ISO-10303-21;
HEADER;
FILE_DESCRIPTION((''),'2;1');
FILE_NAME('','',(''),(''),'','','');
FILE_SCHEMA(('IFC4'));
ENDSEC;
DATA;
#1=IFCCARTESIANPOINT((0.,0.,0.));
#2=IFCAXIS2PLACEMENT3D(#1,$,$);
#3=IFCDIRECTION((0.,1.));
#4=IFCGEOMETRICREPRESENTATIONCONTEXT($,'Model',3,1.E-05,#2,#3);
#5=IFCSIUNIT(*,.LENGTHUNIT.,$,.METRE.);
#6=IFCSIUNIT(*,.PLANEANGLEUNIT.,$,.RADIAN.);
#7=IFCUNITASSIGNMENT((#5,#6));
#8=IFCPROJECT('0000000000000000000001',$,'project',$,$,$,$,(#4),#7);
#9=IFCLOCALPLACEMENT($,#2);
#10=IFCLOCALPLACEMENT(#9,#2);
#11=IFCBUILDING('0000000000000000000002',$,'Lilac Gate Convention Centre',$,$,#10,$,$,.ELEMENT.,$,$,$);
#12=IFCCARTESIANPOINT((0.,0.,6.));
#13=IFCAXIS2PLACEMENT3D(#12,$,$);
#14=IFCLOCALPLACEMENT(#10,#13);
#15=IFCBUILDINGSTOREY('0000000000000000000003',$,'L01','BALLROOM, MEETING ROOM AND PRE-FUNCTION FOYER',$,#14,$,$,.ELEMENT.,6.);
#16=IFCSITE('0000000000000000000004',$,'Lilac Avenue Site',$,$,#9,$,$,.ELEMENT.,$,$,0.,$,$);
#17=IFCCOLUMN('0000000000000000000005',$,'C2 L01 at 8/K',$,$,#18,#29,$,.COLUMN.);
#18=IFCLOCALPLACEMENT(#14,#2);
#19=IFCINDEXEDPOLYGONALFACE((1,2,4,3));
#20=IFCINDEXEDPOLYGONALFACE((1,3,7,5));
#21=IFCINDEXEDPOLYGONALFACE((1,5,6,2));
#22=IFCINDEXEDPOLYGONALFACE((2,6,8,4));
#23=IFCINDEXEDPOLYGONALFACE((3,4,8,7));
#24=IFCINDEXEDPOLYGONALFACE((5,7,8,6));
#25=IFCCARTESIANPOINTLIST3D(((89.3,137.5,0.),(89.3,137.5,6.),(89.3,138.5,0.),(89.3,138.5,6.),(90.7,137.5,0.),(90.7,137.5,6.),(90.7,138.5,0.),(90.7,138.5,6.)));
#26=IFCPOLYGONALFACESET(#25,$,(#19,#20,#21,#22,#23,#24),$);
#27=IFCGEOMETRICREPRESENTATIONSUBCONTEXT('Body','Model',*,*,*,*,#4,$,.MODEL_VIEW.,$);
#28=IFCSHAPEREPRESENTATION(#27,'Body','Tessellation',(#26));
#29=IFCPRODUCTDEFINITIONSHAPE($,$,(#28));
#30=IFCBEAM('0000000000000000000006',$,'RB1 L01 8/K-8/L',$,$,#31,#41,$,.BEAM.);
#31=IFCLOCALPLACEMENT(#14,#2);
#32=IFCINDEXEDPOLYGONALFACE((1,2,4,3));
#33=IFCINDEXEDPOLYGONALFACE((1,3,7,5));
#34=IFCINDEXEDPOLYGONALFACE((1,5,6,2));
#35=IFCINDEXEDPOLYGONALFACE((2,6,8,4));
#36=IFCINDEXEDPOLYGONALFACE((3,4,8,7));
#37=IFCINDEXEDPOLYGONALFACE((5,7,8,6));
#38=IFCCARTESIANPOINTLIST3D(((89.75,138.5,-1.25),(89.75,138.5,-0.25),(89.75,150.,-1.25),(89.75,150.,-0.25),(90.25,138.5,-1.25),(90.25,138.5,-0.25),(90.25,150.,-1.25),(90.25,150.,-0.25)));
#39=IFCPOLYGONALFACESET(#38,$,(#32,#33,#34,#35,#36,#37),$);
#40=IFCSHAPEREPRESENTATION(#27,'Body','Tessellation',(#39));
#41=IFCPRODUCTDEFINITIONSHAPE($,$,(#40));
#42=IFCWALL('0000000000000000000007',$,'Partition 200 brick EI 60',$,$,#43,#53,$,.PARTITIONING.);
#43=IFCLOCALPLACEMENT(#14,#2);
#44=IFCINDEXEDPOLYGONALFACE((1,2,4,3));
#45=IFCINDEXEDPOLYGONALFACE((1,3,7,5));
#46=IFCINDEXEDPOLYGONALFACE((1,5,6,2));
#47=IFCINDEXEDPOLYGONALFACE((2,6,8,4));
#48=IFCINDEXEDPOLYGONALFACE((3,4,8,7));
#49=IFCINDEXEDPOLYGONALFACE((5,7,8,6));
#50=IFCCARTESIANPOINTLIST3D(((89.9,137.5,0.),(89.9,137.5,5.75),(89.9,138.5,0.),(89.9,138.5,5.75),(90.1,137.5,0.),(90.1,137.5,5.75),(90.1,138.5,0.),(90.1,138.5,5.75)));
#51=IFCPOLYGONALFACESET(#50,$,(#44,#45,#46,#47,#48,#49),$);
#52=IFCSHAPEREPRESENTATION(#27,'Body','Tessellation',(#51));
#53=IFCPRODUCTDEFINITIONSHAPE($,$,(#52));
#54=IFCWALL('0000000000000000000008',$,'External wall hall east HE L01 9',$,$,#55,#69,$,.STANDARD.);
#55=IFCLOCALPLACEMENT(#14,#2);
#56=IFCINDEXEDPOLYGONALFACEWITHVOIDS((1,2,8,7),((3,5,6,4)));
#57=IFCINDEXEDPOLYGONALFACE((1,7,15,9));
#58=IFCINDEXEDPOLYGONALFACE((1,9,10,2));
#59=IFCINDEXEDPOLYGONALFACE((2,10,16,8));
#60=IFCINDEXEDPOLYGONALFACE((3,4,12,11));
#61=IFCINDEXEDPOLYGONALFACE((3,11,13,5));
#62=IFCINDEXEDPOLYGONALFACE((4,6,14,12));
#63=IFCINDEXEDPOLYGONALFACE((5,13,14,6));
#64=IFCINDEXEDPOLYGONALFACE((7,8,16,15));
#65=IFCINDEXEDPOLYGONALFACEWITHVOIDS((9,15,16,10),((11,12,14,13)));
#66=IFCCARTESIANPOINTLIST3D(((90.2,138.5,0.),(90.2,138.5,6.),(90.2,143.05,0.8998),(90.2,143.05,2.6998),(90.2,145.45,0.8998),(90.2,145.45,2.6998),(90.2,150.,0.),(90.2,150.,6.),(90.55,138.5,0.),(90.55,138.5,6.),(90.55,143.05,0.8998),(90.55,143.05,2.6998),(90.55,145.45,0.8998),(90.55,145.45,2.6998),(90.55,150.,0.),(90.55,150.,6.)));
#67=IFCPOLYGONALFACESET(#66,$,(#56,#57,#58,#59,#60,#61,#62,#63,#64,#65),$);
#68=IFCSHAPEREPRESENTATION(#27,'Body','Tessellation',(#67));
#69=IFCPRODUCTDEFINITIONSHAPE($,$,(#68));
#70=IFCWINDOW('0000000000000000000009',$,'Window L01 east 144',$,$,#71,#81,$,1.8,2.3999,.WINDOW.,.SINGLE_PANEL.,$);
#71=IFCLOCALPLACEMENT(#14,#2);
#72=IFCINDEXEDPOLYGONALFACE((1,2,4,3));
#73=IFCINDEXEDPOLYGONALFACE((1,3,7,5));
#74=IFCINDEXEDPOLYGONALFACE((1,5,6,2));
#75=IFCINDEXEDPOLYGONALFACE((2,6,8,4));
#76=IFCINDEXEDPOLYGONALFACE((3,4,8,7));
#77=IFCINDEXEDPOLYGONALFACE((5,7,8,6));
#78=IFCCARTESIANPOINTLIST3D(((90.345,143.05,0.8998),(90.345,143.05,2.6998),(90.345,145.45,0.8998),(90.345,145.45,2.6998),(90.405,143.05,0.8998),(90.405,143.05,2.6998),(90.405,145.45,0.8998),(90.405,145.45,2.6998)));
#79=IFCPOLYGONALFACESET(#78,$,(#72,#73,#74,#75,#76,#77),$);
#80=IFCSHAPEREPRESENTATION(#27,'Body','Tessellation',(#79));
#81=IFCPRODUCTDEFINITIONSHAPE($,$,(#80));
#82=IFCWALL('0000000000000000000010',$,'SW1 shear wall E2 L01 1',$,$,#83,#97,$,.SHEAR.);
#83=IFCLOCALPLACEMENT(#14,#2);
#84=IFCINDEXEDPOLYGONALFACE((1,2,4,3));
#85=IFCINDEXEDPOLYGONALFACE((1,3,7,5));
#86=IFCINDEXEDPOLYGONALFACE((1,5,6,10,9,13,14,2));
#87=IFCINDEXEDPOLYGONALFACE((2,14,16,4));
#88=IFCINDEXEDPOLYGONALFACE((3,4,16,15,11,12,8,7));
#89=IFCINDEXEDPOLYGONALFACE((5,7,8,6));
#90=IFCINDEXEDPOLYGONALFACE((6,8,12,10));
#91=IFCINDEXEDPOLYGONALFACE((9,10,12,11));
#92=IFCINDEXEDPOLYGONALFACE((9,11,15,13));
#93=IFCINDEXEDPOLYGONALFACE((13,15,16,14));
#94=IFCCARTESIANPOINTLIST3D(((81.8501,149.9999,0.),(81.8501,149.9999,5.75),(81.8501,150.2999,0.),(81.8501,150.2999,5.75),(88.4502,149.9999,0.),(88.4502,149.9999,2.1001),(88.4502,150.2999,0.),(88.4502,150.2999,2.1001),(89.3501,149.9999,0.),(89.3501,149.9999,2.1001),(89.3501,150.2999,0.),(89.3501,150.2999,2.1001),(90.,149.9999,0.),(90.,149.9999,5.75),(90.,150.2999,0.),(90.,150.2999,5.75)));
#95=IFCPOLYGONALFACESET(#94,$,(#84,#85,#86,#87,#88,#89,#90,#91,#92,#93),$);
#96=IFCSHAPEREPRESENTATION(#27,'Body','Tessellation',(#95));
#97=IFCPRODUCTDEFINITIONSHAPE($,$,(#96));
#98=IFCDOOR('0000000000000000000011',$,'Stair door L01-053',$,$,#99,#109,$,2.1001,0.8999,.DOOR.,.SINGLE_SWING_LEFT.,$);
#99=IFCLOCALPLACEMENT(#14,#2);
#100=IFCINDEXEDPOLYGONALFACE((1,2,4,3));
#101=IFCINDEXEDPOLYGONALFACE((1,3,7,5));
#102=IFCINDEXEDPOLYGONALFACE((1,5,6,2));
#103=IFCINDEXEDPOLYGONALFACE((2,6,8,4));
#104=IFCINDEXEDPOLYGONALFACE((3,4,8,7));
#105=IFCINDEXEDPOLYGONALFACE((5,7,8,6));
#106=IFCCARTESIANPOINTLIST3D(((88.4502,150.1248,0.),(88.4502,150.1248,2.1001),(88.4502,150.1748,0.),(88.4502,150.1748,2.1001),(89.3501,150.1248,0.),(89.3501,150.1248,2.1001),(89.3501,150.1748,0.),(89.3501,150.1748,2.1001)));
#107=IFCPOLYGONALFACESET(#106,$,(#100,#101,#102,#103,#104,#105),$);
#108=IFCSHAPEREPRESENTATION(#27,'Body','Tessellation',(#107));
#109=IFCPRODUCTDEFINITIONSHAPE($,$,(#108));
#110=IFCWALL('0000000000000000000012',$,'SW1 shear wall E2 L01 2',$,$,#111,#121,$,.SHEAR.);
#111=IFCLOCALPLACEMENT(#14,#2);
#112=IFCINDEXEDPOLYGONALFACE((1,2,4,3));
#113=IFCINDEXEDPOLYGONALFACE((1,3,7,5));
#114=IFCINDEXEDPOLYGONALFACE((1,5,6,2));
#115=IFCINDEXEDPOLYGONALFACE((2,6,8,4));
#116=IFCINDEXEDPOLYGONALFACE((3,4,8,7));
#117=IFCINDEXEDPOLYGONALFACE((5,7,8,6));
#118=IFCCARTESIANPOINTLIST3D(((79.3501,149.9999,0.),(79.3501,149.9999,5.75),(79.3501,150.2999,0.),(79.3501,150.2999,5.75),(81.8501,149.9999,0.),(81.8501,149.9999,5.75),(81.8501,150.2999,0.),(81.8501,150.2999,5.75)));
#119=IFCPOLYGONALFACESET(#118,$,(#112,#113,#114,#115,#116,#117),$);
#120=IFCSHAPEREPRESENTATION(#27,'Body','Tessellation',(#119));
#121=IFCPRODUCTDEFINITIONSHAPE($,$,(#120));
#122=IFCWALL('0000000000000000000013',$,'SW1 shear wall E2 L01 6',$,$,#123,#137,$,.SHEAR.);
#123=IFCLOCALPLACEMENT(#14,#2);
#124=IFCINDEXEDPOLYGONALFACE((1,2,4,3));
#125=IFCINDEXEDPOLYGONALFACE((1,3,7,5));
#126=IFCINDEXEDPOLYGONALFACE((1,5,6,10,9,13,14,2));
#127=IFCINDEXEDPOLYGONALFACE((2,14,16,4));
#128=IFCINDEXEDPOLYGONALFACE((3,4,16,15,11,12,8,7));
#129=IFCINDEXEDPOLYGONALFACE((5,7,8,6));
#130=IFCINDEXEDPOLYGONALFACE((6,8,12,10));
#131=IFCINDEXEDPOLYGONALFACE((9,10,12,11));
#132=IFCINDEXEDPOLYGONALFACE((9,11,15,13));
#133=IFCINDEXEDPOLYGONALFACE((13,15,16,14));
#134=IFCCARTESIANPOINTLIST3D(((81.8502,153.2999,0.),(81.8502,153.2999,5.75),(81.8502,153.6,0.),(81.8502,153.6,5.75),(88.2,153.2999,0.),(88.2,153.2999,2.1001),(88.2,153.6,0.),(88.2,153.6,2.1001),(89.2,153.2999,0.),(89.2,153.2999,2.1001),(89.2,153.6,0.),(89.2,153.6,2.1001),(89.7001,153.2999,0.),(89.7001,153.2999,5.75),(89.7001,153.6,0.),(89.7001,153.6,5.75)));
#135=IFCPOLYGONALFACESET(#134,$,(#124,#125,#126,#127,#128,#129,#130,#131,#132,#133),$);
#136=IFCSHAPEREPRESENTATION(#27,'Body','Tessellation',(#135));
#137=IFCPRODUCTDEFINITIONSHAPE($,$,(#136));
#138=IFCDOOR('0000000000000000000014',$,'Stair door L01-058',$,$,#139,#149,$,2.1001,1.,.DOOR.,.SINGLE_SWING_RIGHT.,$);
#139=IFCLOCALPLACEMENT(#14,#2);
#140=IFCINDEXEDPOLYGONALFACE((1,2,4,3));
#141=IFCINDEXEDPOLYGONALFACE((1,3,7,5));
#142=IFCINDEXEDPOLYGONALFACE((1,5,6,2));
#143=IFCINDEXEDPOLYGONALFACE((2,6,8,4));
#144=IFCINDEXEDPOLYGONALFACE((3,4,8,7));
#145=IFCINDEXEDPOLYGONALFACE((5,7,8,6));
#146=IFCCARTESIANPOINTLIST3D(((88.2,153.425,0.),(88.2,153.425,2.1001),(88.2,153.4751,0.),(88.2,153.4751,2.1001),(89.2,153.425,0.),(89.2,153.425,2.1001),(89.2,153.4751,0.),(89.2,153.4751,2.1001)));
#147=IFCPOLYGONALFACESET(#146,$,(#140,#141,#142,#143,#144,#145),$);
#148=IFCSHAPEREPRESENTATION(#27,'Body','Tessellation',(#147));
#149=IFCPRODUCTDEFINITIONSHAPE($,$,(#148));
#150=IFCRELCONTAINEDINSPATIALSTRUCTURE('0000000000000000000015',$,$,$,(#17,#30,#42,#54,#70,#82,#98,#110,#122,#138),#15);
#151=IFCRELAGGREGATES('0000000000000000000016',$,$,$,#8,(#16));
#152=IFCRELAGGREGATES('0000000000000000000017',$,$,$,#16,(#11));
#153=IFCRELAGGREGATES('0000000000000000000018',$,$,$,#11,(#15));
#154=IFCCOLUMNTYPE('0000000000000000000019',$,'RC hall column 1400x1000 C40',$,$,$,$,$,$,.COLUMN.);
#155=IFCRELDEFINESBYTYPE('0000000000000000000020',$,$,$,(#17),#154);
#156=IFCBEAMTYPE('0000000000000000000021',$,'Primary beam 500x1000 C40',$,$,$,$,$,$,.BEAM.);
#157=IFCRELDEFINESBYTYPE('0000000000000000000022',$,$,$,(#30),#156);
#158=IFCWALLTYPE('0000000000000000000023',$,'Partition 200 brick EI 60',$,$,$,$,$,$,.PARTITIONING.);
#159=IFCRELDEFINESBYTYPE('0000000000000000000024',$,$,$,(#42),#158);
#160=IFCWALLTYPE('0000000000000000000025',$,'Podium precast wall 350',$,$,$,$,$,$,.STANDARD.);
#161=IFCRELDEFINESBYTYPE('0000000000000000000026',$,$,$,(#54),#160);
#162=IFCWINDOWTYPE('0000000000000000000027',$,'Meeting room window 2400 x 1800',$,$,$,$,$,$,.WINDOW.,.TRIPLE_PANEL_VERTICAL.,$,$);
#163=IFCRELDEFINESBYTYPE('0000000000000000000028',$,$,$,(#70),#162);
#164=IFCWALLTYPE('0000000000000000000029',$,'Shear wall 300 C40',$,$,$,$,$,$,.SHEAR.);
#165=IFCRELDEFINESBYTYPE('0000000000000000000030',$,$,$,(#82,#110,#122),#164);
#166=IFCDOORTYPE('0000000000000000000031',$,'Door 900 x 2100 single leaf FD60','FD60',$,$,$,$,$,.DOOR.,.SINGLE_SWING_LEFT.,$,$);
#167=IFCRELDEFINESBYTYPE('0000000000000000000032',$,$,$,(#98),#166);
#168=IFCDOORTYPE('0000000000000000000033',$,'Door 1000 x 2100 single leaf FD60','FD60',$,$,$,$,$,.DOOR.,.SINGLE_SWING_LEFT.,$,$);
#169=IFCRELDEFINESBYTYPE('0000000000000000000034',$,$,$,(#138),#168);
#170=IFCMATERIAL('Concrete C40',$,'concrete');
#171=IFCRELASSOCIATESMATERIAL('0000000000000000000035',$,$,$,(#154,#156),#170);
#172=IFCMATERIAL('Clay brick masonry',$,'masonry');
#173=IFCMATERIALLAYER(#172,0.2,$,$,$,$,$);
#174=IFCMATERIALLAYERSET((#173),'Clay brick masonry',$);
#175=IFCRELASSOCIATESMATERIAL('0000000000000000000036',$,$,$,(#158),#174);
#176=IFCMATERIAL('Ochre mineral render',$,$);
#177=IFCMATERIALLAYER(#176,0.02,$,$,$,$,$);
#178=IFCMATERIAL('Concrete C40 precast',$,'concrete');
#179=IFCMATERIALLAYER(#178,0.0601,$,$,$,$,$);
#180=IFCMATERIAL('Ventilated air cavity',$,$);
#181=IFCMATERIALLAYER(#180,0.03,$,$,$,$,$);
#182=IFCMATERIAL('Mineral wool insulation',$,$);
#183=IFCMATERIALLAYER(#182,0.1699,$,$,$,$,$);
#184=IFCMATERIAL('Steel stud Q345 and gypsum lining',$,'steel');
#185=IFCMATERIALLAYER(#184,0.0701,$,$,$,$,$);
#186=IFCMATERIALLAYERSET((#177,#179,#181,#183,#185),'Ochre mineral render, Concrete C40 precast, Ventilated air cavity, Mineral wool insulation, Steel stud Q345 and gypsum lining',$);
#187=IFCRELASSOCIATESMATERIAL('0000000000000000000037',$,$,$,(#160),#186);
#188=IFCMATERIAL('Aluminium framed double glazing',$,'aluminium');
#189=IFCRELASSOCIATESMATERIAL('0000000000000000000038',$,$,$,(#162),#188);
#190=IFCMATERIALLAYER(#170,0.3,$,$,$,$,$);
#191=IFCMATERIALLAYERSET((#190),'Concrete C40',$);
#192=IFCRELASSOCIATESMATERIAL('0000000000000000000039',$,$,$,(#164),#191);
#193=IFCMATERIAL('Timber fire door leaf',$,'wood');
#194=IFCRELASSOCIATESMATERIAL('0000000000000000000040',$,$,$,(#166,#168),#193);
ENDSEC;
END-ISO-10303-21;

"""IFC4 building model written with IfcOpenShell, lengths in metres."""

from ifc_helpers import new_model, si_unit, direction, frame, frame_2d, origin, origin_2d, place, context, subcontext, project, spatial, rectangle, extrude, material, layer, layer_set, material_profile, profile_set, type_object, element, fill, save


model = new_model("IFC4")

# Units and contexts
model_context = context("Model", 3, precision=1e-05, world=origin(), true_north=direction((0.0, 1.0)))
body_context = subcontext(model_context, "Body", "Model", "MODEL_VIEW")
ifc_project = project(units=[si_unit("LENGTHUNIT", "METRE"), si_unit("PLANEANGLEUNIT", "RADIAN")], contexts=[model_context])

# Site, building, storey
site_placement = place(None, origin())
site = spatial("IfcSite", under=ifc_project, at=site_placement, Name="Lilac Avenue Site", CompositionType="ELEMENT", RefElevation=0.0)
building_placement = place(site_placement, origin())
building = spatial("IfcBuilding", under=site, at=building_placement, Name="Lilac Gate Convention Centre", CompositionType="ELEMENT")
storey_placement = place(building_placement, frame((0.0, 0.0, 6.0)))
storey = spatial("IfcBuildingStorey", under=building, at=storey_placement, Name="L01", Description="BALLROOM, MEETING ROOM AND PRE-FUNCTION FOYER", CompositionType="ELEMENT", Elevation=6.0)

# Column
ifc_material_1 = material(Name="Concrete C40", Category="concrete")
ifc_material_profile_1 = material_profile(ifc_material_1, rectangle(XDim=1.3999, YDim=1.0, at=origin_2d()), Name="RC 1400x1000")
ifc_profile_set_1 = profile_set([ifc_material_profile_1], Name="Concrete C40")
column_type = type_object("IfcColumnType", Name="RC hall column 1400x1000 C40", PredefinedType="COLUMN", material=ifc_profile_set_1)
column_placement = place(storey_placement, frame((90.0, 138.0, 0.0), z_axis=(0.0, 0.0, 1.0), x_axis=(1.0, 0.0, 0.0)))
element("IfcColumn", 1, at=column_placement, inside=storey, type_object=column_type, Name="C2 L01 at 8/K", PredefinedType="COLUMN", context=body_context, shape_type="SweptSolid", body=[
    extrude(rectangle(XDim=1.3999, YDim=1.0, at=origin_2d()), origin(), (0.0, 0.0, 1.0), 6.0),
])

# Beam
ifc_material_profile_2 = material_profile(ifc_material_1, rectangle(XDim=0.5, YDim=1.0, at=origin_2d()), Name="RC 500x1000")
ifc_profile_set_2 = profile_set([ifc_material_profile_2], Name="Concrete C40")
beam_type = type_object("IfcBeamType", Name="Primary beam 500x1000 C40", PredefinedType="BEAM", material=ifc_profile_set_2)
beam_placement = place(storey_placement, frame((90.0, 138.5, -0.75), z_axis=(0.0, 1.0, 0.0), x_axis=(-1.0, 0.0, 0.0)))
element("IfcBeam", 2, at=beam_placement, inside=storey, type_object=beam_type, Name="RB1 L01 8/K-8/L", PredefinedType="BEAM", context=body_context, shape_type="SweptSolid", body=[
    extrude(rectangle(XDim=0.5, YDim=1.0, at=origin_2d()), origin(), (0.0, 0.0, 1.0), 11.5),
])

# Wall
ifc_material_2 = material(Name="Clay brick masonry", Category="masonry")
ifc_layer_1 = layer(ifc_material_2, 0.2)
ifc_layer_set_1 = layer_set([ifc_layer_1], Name="Clay brick masonry")
wall_type_1 = type_object("IfcWallType", Name="Partition 200 brick EI 60", PredefinedType="PARTITIONING", material=ifc_layer_set_1)
wall_1_placement = place(storey_placement, frame((90.0, 137.5, 0.0), z_axis=(0.0, 0.0, 1.0), x_axis=(0.0, 1.0, 0.0)))
element("IfcWall", 3, at=wall_1_placement, inside=storey, type_object=wall_type_1, Name="Partition 200 brick EI 60", PredefinedType="PARTITIONING", context=body_context, shape_type="SweptSolid", body=[
    extrude(rectangle(XDim=1.0, YDim=0.2, at=frame_2d((0.5, 0.0))), origin(), (0.0, 0.0, 1.0), 5.75),
])

# Wall, opening, window
ifc_material_3 = material(Name="Ochre mineral render")
ifc_layer_2 = layer(ifc_material_3, 0.02)
ifc_material_4 = material(Name="Concrete C40 precast", Category="concrete")
ifc_layer_3 = layer(ifc_material_4, 0.0601)
ifc_material_5 = material(Name="Ventilated air cavity")
ifc_layer_4 = layer(ifc_material_5, 0.03)
ifc_material_6 = material(Name="Mineral wool insulation")
ifc_layer_5 = layer(ifc_material_6, 0.1699)
ifc_material_7 = material(Name="Steel stud Q345 and gypsum lining", Category="steel")
ifc_layer_6 = layer(ifc_material_7, 0.0701)
ifc_layer_set_2 = layer_set([ifc_layer_2, ifc_layer_3, ifc_layer_4, ifc_layer_5, ifc_layer_6], Name="Ochre mineral render, Concrete C40 precast, Ventilated air cavity, Mineral wool insulation, Steel stud Q345 and gypsum lining")
wall_type_2 = type_object("IfcWallType", Name="Podium precast wall 350", PredefinedType="STANDARD", material=ifc_layer_set_2)
wall_2_placement = place(storey_placement, frame((90.375, 138.5, 0.0), z_axis=(0.0, 0.0, 1.0), x_axis=(0.0, 1.0, 0.0)))
wall_2 = element("IfcWall", 4, at=wall_2_placement, inside=storey, type_object=wall_type_2, Name="External wall hall east HE L01 9", PredefinedType="STANDARD", context=body_context, shape_type="SweptSolid", body=[
    extrude(rectangle(XDim=11.5, YDim=0.3501, at=frame_2d((5.75, 0.0))), origin(), (0.0, 0.0, 1.0), 6.0),
])
opening_1_placement = place(wall_2_placement, frame((4.55, 0.0, 0.8999)))
opening_1 = element("IfcOpeningElement", 5, at=opening_1_placement, cuts=wall_2, PredefinedType="OPENING", context=body_context, shape_type="SweptSolid", body=[
    extrude(rectangle(XDim=2.3999, YDim=1.8, at=frame_2d((1.2, 0.8999))), frame((0.0, 0.1851, 0.0), z_axis=(0.0, -1.0, 0.0), x_axis=(1.0, 0.0, 0.0)), (0.0, 0.0, 1.0), 0.3701),
])
ifc_material_8 = material(Name="Aluminium framed double glazing", Category="aluminium")
window_type = type_object("IfcWindowType", Name="Meeting room window 2400 x 1800", PartitioningType="TRIPLE_PANEL_VERTICAL", PredefinedType="WINDOW", material=ifc_material_8)
window_placement = place(opening_1_placement, origin())
window = element("IfcWindow", 6, at=window_placement, inside=storey, type_object=window_type, Name="Window L01 east 144", OverallHeight=1.8, OverallWidth=2.3999, PartitioningType="SINGLE_PANEL", PredefinedType="WINDOW", context=body_context, shape_type="SweptSolid", body=[
    extrude(rectangle(XDim=2.3999, YDim=1.8, at=frame_2d((1.2, 0.8999))), frame((0.0, 0.03, 0.0), z_axis=(0.0, -1.0, 0.0), x_axis=(1.0, 0.0, 0.0)), (0.0, 0.0, 1.0), 0.0601),
])
fill(opening_1, window)

# Wall, opening, door
ifc_layer_7 = layer(ifc_material_1, 0.3)
ifc_layer_set_3 = layer_set([ifc_layer_7], Name="Concrete C40")
wall_type_3 = type_object("IfcWallType", Name="Shear wall 300 C40", PredefinedType="SHEAR", material=ifc_layer_set_3)
wall_3_placement = place(storey_placement, frame((90.0, 150.1499, 0.0), z_axis=(0.0, 0.0, 1.0), x_axis=(-1.0, 0.0, 0.0)))
wall_3 = element("IfcWall", 7, at=wall_3_placement, inside=storey, type_object=wall_type_3, Name="SW1 shear wall E2 L01 1", PredefinedType="SHEAR", context=body_context, shape_type="SweptSolid", body=[
    extrude(rectangle(XDim=8.1499, YDim=0.3, at=frame_2d((4.075, 0.0))), origin(), (0.0, 0.0, 1.0), 5.75),
])
opening_2_placement = place(wall_3_placement, frame((0.6499, 0.0, 0.0)))
opening_2 = element("IfcOpeningElement", 8, at=opening_2_placement, cuts=wall_3, PredefinedType="OPENING", context=body_context, shape_type="SweptSolid", body=[
    extrude(rectangle(XDim=0.8999, YDim=2.1001, at=frame_2d((0.45, 1.05))), frame((0.0, 0.1599, 0.0), z_axis=(0.0, -1.0, 0.0), x_axis=(1.0, 0.0, 0.0)), (0.0, 0.0, 1.0), 0.3201),
])
ifc_material_9 = material(Name="Timber fire door leaf", Category="wood")
door_type_1 = type_object("IfcDoorType", Name="Door 900 x 2100 single leaf FD60", Description="FD60", OperationType="SINGLE_SWING_LEFT", PredefinedType="DOOR", material=ifc_material_9)
door_1_placement = place(opening_2_placement, frame((0.8999, 0.0, 0.0), z_axis=(0.0, 0.0, 1.0), x_axis=(-1.0, 0.0, 0.0)))
door_1 = element("IfcDoor", 9, at=door_1_placement, inside=storey, type_object=door_type_1, Name="Stair door L01-053", OperationType="SINGLE_SWING_LEFT", OverallHeight=2.1001, OverallWidth=0.8999, PredefinedType="DOOR", context=body_context, shape_type="SweptSolid", body=[
    extrude(rectangle(XDim=0.8999, YDim=2.1001, at=frame_2d((0.45, 1.05))), frame((0.0, 0.0249, 0.0), z_axis=(0.0, -1.0, 0.0), x_axis=(1.0, 0.0, 0.0)), (0.0, 0.0, 1.0), 0.05),
])
fill(opening_2, door_1)

# Wall
wall_4_placement = place(storey_placement, frame((81.8501, 150.1499, 0.0), z_axis=(0.0, 0.0, 1.0), x_axis=(-1.0, 0.0, 0.0)))
element("IfcWall", 10, at=wall_4_placement, inside=storey, type_object=wall_type_3, Name="SW1 shear wall E2 L01 2", PredefinedType="SHEAR", context=body_context, shape_type="SweptSolid", body=[
    extrude(rectangle(XDim=2.5, YDim=0.3, at=frame_2d((1.25, 0.0))), origin(), (0.0, 0.0, 1.0), 5.75),
])

# Wall, opening, door
wall_5_placement = place(storey_placement, frame((89.7, 153.45, 0.0), z_axis=(0.0, 0.0, 1.0), x_axis=(-1.0, 0.0, 0.0)))
wall_5 = element("IfcWall", 11, at=wall_5_placement, inside=storey, type_object=wall_type_3, Name="SW1 shear wall E2 L01 6", PredefinedType="SHEAR", context=body_context, shape_type="SweptSolid", body=[
    extrude(rectangle(XDim=7.8499, YDim=0.3, at=frame_2d((3.9248, 0.0))), origin(), (0.0, 0.0, 1.0), 5.75),
])
opening_3_placement = place(wall_5_placement, frame((0.5, 0.0, 0.0)))
opening_3 = element("IfcOpeningElement", 12, at=opening_3_placement, cuts=wall_5, PredefinedType="OPENING", context=body_context, shape_type="SweptSolid", body=[
    extrude(rectangle(XDim=1.0, YDim=2.1001, at=frame_2d((0.5, 1.05))), frame((0.0, 0.1599, 0.0), z_axis=(0.0, -1.0, 0.0), x_axis=(1.0, 0.0, 0.0)), (0.0, 0.0, 1.0), 0.3201),
])
door_type_2 = type_object("IfcDoorType", Name="Door 1000 x 2100 single leaf FD60", Description="FD60", OperationType="SINGLE_SWING_LEFT", PredefinedType="DOOR", material=ifc_material_9)
door_2_placement = place(opening_3_placement, origin())
door_2 = element("IfcDoor", 13, at=door_2_placement, inside=storey, type_object=door_type_2, Name="Stair door L01-058", OperationType="SINGLE_SWING_RIGHT", OverallHeight=2.1001, OverallWidth=1.0, PredefinedType="DOOR", context=body_context, shape_type="SweptSolid", body=[
    extrude(rectangle(XDim=1.0, YDim=2.1001, at=frame_2d((0.5, 1.05))), frame((0.0, 0.0249, 0.0), z_axis=(0.0, -1.0, 0.0), x_axis=(1.0, 0.0, 0.0)), (0.0, 0.0, 1.0), 0.05),
])
fill(opening_3, door_2)

save(model, "model.ifc")
